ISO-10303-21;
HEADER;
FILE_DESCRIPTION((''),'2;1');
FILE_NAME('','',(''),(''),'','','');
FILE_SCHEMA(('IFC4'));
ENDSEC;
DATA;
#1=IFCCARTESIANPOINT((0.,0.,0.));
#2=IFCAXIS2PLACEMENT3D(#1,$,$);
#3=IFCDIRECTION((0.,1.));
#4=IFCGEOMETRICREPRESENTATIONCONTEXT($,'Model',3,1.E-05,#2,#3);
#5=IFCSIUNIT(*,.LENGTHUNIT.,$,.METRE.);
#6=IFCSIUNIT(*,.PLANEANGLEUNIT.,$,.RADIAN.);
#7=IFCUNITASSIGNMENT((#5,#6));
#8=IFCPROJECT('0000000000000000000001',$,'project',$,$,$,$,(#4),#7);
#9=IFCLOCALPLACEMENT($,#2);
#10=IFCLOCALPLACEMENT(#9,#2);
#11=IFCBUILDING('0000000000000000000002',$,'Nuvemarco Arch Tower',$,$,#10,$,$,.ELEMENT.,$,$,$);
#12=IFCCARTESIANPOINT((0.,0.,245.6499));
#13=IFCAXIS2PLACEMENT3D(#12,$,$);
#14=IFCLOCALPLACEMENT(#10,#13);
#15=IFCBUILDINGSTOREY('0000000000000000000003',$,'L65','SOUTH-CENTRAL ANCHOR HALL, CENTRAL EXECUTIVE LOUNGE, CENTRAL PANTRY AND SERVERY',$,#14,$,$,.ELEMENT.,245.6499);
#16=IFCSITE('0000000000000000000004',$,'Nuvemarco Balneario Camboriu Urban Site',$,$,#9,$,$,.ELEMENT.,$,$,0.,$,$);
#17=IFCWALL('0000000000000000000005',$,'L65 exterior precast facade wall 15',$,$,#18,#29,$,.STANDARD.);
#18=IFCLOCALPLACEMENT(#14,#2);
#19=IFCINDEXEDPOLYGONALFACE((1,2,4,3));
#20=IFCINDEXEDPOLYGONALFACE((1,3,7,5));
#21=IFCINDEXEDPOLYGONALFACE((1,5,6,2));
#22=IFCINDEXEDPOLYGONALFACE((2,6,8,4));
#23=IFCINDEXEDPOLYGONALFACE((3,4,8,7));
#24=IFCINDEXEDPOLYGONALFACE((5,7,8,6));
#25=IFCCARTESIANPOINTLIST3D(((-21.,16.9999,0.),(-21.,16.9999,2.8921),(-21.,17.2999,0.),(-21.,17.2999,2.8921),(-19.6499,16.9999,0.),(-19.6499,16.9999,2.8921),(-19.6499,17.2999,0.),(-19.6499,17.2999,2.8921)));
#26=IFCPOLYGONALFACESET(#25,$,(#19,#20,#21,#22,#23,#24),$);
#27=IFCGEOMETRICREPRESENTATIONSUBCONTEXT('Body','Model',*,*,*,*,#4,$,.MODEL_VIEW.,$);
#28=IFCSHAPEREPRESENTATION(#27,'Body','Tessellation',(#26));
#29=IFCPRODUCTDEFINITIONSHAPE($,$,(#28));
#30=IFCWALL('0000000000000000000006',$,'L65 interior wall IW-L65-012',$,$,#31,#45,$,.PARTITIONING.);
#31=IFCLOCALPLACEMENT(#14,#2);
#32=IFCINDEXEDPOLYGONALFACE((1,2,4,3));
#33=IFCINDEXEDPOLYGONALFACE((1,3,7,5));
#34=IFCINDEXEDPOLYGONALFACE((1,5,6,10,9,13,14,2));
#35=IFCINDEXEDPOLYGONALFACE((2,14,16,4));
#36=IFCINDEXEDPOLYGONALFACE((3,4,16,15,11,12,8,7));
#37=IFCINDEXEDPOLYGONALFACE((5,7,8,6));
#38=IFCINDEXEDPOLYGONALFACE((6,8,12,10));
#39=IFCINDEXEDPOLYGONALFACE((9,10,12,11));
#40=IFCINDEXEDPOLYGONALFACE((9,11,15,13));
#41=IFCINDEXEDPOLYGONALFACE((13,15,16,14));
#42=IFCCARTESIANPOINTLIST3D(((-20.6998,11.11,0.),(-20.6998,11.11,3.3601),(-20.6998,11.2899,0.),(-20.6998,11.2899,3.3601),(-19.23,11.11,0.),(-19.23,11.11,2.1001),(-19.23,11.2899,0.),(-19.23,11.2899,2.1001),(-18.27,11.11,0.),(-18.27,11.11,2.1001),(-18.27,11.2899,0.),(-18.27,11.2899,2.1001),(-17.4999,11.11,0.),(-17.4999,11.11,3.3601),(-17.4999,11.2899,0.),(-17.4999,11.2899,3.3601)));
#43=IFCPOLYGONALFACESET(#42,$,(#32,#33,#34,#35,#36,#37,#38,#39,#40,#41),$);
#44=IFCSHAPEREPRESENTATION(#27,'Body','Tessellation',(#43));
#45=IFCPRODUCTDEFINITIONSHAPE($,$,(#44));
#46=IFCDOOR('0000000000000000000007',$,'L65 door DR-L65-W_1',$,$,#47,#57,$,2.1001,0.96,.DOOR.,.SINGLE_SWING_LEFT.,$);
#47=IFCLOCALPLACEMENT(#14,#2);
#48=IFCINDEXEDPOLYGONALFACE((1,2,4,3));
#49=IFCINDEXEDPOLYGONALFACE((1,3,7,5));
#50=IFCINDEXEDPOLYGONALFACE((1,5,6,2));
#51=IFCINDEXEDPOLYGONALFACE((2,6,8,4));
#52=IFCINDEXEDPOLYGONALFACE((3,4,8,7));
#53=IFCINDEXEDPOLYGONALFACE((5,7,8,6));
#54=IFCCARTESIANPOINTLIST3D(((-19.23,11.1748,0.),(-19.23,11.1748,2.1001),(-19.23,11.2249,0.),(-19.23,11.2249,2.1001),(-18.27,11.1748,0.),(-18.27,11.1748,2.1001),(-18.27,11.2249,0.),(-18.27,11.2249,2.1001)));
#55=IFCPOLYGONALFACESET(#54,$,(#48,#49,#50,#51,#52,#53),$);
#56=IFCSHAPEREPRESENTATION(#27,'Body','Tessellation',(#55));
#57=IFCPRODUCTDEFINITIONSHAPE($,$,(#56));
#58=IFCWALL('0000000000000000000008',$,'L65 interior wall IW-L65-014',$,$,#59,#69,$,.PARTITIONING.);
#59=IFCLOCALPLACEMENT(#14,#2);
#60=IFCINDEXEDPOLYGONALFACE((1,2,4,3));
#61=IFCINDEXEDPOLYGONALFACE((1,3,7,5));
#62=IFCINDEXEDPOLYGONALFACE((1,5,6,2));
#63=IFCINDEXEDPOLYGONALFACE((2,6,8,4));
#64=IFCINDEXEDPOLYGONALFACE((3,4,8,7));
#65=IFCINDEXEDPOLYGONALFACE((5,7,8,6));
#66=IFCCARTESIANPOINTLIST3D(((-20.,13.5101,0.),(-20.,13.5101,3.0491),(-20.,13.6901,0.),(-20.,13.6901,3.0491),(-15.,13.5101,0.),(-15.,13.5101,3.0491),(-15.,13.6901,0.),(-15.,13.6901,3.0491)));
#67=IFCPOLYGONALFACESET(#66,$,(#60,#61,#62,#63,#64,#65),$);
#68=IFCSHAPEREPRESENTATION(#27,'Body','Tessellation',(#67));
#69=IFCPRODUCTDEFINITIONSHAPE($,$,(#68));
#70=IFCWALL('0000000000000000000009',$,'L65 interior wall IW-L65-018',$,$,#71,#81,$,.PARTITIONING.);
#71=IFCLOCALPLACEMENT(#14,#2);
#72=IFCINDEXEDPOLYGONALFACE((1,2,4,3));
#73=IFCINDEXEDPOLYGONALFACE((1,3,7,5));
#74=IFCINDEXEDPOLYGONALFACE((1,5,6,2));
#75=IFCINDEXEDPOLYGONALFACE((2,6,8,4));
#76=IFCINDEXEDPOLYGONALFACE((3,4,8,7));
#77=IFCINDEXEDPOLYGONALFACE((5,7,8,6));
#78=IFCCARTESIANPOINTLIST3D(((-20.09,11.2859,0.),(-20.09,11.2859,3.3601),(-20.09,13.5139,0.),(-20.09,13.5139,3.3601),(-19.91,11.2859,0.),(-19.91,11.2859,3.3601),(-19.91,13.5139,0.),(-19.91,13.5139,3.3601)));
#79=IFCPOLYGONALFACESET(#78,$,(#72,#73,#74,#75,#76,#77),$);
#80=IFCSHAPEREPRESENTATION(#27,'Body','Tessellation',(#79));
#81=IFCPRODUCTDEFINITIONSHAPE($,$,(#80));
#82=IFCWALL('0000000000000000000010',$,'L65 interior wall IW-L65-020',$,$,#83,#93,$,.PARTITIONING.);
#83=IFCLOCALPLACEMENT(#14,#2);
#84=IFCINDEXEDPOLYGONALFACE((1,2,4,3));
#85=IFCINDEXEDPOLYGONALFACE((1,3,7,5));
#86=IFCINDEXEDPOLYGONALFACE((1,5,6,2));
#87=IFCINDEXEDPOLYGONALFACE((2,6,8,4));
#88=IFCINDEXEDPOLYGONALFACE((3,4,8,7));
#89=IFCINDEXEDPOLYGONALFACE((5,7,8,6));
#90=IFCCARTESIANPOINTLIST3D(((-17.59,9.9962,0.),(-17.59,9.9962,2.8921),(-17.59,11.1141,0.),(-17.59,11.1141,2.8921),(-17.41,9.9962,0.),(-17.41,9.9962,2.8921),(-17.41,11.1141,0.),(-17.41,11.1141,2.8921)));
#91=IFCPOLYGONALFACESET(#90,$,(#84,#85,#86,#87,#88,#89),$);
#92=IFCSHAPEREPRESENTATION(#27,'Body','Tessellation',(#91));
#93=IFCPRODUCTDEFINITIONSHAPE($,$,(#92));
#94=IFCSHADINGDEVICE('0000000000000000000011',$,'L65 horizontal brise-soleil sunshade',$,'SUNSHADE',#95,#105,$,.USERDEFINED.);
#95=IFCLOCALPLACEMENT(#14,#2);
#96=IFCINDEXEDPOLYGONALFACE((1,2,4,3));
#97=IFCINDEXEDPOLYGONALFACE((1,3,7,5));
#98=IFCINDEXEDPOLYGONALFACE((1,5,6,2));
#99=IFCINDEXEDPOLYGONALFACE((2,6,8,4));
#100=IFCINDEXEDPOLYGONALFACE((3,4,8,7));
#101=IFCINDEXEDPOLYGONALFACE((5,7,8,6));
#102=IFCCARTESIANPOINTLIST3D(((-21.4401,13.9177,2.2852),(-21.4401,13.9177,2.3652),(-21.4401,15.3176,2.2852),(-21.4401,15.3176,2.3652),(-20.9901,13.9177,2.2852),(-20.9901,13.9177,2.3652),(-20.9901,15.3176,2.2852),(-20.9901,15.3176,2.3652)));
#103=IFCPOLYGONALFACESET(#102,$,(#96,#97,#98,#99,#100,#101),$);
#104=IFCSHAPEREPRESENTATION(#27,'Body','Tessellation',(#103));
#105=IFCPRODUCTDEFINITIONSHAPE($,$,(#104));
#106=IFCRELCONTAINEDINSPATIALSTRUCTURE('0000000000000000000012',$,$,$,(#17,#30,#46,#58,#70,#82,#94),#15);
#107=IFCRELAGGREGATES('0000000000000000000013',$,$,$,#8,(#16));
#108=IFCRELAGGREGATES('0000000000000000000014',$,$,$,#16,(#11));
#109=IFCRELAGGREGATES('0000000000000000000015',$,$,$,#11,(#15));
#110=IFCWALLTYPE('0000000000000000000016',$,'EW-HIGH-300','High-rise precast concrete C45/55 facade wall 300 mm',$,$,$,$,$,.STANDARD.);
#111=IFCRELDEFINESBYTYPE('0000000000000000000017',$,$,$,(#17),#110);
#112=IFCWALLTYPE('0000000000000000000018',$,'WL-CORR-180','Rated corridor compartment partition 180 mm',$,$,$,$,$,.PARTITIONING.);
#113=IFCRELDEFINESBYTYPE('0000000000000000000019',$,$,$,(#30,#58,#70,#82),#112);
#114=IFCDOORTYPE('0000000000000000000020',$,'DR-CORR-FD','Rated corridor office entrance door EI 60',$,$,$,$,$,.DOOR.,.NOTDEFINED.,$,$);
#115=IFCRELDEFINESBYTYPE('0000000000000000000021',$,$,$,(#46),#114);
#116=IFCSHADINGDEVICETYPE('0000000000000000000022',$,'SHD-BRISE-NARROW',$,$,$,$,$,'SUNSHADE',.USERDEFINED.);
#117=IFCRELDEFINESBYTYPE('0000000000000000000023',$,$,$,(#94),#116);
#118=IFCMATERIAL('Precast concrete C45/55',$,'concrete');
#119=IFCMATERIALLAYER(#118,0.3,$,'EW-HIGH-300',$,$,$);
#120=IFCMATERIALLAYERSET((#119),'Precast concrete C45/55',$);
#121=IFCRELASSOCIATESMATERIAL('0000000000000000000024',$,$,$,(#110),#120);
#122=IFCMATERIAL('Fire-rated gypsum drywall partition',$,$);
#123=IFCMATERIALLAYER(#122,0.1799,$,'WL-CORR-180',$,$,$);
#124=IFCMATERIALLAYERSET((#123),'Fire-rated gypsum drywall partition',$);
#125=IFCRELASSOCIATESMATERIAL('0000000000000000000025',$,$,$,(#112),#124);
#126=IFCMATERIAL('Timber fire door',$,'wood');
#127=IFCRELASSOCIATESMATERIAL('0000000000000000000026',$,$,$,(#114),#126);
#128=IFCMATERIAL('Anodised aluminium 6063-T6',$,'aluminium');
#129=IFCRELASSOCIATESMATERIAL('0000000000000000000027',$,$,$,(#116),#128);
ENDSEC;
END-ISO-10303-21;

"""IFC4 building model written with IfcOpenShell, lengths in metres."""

from ifc_helpers import new_model, si_unit, direction, frame, frame_2d, origin, origin_2d, place, context, subcontext, project, spatial, rectangle, extrude, source, transform, mapped, material, layer, layer_set, type_object, type_shapes, element, fill, save


model = new_model("IFC4")

# Units and contexts
model_context = context("Model", 3, precision=1e-05, world=origin(), true_north=direction((0.0, 1.0)))
body_context = subcontext(model_context, "Body", "Model", "MODEL_VIEW")
ifc_project = project(units=[si_unit("LENGTHUNIT", "METRE"), si_unit("PLANEANGLEUNIT", "RADIAN")], contexts=[model_context])

# Site, building, storey
site_placement = place(None, origin())
site = spatial("IfcSite", under=ifc_project, at=site_placement, Name="Nuvemarco Balneario Camboriu Urban Site", CompositionType="ELEMENT", RefElevation=0.0)
building_placement = place(site_placement, origin())
building = spatial("IfcBuilding", under=site, at=building_placement, Name="Nuvemarco Arch Tower", CompositionType="ELEMENT")
storey_placement = place(building_placement, frame((0.0, 0.0, 245.6499)))
storey = spatial("IfcBuildingStorey", under=building, at=storey_placement, Name="L65", Description="SOUTH-CENTRAL ANCHOR HALL, CENTRAL EXECUTIVE LOUNGE, CENTRAL PANTRY AND SERVERY", CompositionType="ELEMENT", Elevation=245.6499)

# Shared definitions
ifc_material_1 = material(Name="Precast concrete C45/55", Category="concrete")
ifc_layer_1 = layer(ifc_material_1, 0.3, Name="EW-HIGH-300")
ifc_layer_set_1 = layer_set([ifc_layer_1], Name="Precast concrete C45/55")
wall_type_1 = type_object("IfcWallType", Name="EW-HIGH-300", Description="High-rise precast concrete C45/55 facade wall 300 mm", PredefinedType="STANDARD", material=ifc_layer_set_1)

# Wall
wall_1_placement = place(storey_placement, frame((-21.0, 17.1499, 0.0), z_axis=(0.0, 0.0, 1.0), x_axis=(1.0, 0.0, 0.0)))
element("IfcWall", 1, at=wall_1_placement, inside=storey, type_object=wall_type_1, Name="L65 exterior precast facade wall 15", PredefinedType="STANDARD", context=body_context, shape_type="SweptSolid", body=[
    extrude(rectangle(XDim=1.3501, YDim=0.3, at=frame_2d((0.675, 0.0))), origin(), (0.0, 0.0, 1.0), 2.8921),
])

# Wall, opening, door
ifc_material_2 = material(Name="Fire-rated gypsum drywall partition")
ifc_layer_2 = layer(ifc_material_2, 0.1799, Name="WL-CORR-180")
ifc_layer_set_2 = layer_set([ifc_layer_2], Name="Fire-rated gypsum drywall partition")
wall_type_2 = type_object("IfcWallType", Name="WL-CORR-180", Description="Rated corridor compartment partition 180 mm", PredefinedType="PARTITIONING", material=ifc_layer_set_2)
wall_2_placement = place(storey_placement, frame((-20.7, 11.2, 0.0), z_axis=(0.0, 0.0, 1.0), x_axis=(1.0, 0.0, 0.0)))
wall_2 = element("IfcWall", 2, at=wall_2_placement, inside=storey, type_object=wall_type_2, Name="L65 interior wall IW-L65-012", PredefinedType="PARTITIONING", context=body_context, shape_type="SweptSolid", body=[
    extrude(rectangle(XDim=3.2, YDim=0.1799, at=frame_2d((1.6001, 0.0))), origin(), (0.0, 0.0, 1.0), 3.3601),
])
opening_1_placement = place(wall_2_placement, frame((1.47, 0.0, 0.0)))
opening_1 = element("IfcOpeningElement", 3, at=opening_1_placement, cuts=wall_2, PredefinedType="OPENING", context=body_context, shape_type="SweptSolid", body=[
    extrude(rectangle(XDim=0.96, YDim=2.1001, at=frame_2d((0.48, 1.05))), frame((0.0, 0.0999, 0.0), z_axis=(0.0, -1.0, 0.0), x_axis=(1.0, 0.0, 0.0)), (0.0, 0.0, 1.0), 0.2),
])
ifc_material_3 = material(Name="Timber fire door", Category="wood")
door_type_1 = type_object("IfcDoorType", Name="DR-CORR-FD", Description="Rated corridor office entrance door EI 60", OperationType="NOTDEFINED", PredefinedType="DOOR", material=ifc_material_3)
shared_shape_1 = source(origin(), body_context, "Body", "SweptSolid", [
    extrude(rectangle(XDim=0.96, YDim=2.1001, at=frame_2d((0.48, 1.05))), frame((0.0, 0.0249, 0.0), z_axis=(0.0, -1.0, 0.0), x_axis=(1.0, 0.0, 0.0)), (0.0, 0.0, 1.0), 0.05),
])
type_shapes(door_type_1, [shared_shape_1])
door_1_placement = place(opening_1_placement, origin())
door_1 = element("IfcDoor", 4, at=door_1_placement, inside=storey, type_object=door_type_1, Name="L65 door DR-L65-W_1", OperationType="SINGLE_SWING_LEFT", OverallHeight=2.1001, OverallWidth=0.96, PredefinedType="DOOR", context=body_context, shape_type="MappedRepresentation", body=[
    mapped(shared_shape_1, transform((0.0, 0.0, 0.0), scale=1.0)),
])
fill(opening_1, door_1)

# Walls
wall_3_placement = place(storey_placement, frame((-20.0, 13.6001, 0.0), z_axis=(0.0, 0.0, 1.0), x_axis=(1.0, 0.0, 0.0)))
element("IfcWall", 5, at=wall_3_placement, inside=storey, type_object=wall_type_2, Name="L65 interior wall IW-L65-014", PredefinedType="PARTITIONING", context=body_context, shape_type="SweptSolid", body=[
    extrude(rectangle(XDim=5.0, YDim=0.1799, at=frame_2d((2.5, 0.0))), origin(), (0.0, 0.0, 1.0), 3.0491),
])
wall_4_placement = place(storey_placement, frame((-20.0, 11.2859, 0.0), z_axis=(0.0, 0.0, 1.0), x_axis=(0.0, 1.0, 0.0)))
element("IfcWall", 6, at=wall_4_placement, inside=storey, type_object=wall_type_2, Name="L65 interior wall IW-L65-018", PredefinedType="PARTITIONING", context=body_context, shape_type="SweptSolid", body=[
    extrude(rectangle(XDim=2.228, YDim=0.1799, at=frame_2d((1.114, 0.0))), origin(), (0.0, 0.0, 1.0), 3.3601),
])
wall_5_placement = place(storey_placement, frame((-17.5, 9.9961, 0.0), z_axis=(0.0, 0.0, 1.0), x_axis=(0.0, 1.0, 0.0)))
element("IfcWall", 7, at=wall_5_placement, inside=storey, type_object=wall_type_2, Name="L65 interior wall IW-L65-020", PredefinedType="PARTITIONING", context=body_context, shape_type="SweptSolid", body=[
    extrude(rectangle(XDim=1.1179, YDim=0.1799, at=frame_2d((0.5591, 0.0))), origin(), (0.0, 0.0, 1.0), 2.8921),
])

# Shading device
ifc_material_4 = material(Name="Anodised aluminium 6063-T6", Category="aluminium")
shading_device_type = type_object("IfcShadingDeviceType", Name="SHD-BRISE-NARROW", ElementType="SUNSHADE", PredefinedType="USERDEFINED", material=ifc_material_4)
shared_shape_2 = source(origin(), body_context, "Body", "SweptSolid", [
    extrude(rectangle(XDim=1.3999, YDim=0.45, at=origin_2d()), origin(), (0.0, 0.0, 1.0), 0.0801),
])
type_shapes(shading_device_type, [shared_shape_2])
shading_device_placement = place(storey_placement, frame((-21.2151, 14.6177, 2.2852), z_axis=(0.0, 0.0, 1.0), x_axis=(0.0, 1.0, 0.0)))
element("IfcShadingDevice", 8, at=shading_device_placement, inside=storey, type_object=shading_device_type, Name="L65 horizontal brise-soleil sunshade", ObjectType="SUNSHADE", PredefinedType="USERDEFINED", context=body_context, shape_type="MappedRepresentation", body=[
    mapped(shared_shape_2, transform((0.0, 0.0, 0.0), scale=1.0)),
])

save(model, "model.ifc")
